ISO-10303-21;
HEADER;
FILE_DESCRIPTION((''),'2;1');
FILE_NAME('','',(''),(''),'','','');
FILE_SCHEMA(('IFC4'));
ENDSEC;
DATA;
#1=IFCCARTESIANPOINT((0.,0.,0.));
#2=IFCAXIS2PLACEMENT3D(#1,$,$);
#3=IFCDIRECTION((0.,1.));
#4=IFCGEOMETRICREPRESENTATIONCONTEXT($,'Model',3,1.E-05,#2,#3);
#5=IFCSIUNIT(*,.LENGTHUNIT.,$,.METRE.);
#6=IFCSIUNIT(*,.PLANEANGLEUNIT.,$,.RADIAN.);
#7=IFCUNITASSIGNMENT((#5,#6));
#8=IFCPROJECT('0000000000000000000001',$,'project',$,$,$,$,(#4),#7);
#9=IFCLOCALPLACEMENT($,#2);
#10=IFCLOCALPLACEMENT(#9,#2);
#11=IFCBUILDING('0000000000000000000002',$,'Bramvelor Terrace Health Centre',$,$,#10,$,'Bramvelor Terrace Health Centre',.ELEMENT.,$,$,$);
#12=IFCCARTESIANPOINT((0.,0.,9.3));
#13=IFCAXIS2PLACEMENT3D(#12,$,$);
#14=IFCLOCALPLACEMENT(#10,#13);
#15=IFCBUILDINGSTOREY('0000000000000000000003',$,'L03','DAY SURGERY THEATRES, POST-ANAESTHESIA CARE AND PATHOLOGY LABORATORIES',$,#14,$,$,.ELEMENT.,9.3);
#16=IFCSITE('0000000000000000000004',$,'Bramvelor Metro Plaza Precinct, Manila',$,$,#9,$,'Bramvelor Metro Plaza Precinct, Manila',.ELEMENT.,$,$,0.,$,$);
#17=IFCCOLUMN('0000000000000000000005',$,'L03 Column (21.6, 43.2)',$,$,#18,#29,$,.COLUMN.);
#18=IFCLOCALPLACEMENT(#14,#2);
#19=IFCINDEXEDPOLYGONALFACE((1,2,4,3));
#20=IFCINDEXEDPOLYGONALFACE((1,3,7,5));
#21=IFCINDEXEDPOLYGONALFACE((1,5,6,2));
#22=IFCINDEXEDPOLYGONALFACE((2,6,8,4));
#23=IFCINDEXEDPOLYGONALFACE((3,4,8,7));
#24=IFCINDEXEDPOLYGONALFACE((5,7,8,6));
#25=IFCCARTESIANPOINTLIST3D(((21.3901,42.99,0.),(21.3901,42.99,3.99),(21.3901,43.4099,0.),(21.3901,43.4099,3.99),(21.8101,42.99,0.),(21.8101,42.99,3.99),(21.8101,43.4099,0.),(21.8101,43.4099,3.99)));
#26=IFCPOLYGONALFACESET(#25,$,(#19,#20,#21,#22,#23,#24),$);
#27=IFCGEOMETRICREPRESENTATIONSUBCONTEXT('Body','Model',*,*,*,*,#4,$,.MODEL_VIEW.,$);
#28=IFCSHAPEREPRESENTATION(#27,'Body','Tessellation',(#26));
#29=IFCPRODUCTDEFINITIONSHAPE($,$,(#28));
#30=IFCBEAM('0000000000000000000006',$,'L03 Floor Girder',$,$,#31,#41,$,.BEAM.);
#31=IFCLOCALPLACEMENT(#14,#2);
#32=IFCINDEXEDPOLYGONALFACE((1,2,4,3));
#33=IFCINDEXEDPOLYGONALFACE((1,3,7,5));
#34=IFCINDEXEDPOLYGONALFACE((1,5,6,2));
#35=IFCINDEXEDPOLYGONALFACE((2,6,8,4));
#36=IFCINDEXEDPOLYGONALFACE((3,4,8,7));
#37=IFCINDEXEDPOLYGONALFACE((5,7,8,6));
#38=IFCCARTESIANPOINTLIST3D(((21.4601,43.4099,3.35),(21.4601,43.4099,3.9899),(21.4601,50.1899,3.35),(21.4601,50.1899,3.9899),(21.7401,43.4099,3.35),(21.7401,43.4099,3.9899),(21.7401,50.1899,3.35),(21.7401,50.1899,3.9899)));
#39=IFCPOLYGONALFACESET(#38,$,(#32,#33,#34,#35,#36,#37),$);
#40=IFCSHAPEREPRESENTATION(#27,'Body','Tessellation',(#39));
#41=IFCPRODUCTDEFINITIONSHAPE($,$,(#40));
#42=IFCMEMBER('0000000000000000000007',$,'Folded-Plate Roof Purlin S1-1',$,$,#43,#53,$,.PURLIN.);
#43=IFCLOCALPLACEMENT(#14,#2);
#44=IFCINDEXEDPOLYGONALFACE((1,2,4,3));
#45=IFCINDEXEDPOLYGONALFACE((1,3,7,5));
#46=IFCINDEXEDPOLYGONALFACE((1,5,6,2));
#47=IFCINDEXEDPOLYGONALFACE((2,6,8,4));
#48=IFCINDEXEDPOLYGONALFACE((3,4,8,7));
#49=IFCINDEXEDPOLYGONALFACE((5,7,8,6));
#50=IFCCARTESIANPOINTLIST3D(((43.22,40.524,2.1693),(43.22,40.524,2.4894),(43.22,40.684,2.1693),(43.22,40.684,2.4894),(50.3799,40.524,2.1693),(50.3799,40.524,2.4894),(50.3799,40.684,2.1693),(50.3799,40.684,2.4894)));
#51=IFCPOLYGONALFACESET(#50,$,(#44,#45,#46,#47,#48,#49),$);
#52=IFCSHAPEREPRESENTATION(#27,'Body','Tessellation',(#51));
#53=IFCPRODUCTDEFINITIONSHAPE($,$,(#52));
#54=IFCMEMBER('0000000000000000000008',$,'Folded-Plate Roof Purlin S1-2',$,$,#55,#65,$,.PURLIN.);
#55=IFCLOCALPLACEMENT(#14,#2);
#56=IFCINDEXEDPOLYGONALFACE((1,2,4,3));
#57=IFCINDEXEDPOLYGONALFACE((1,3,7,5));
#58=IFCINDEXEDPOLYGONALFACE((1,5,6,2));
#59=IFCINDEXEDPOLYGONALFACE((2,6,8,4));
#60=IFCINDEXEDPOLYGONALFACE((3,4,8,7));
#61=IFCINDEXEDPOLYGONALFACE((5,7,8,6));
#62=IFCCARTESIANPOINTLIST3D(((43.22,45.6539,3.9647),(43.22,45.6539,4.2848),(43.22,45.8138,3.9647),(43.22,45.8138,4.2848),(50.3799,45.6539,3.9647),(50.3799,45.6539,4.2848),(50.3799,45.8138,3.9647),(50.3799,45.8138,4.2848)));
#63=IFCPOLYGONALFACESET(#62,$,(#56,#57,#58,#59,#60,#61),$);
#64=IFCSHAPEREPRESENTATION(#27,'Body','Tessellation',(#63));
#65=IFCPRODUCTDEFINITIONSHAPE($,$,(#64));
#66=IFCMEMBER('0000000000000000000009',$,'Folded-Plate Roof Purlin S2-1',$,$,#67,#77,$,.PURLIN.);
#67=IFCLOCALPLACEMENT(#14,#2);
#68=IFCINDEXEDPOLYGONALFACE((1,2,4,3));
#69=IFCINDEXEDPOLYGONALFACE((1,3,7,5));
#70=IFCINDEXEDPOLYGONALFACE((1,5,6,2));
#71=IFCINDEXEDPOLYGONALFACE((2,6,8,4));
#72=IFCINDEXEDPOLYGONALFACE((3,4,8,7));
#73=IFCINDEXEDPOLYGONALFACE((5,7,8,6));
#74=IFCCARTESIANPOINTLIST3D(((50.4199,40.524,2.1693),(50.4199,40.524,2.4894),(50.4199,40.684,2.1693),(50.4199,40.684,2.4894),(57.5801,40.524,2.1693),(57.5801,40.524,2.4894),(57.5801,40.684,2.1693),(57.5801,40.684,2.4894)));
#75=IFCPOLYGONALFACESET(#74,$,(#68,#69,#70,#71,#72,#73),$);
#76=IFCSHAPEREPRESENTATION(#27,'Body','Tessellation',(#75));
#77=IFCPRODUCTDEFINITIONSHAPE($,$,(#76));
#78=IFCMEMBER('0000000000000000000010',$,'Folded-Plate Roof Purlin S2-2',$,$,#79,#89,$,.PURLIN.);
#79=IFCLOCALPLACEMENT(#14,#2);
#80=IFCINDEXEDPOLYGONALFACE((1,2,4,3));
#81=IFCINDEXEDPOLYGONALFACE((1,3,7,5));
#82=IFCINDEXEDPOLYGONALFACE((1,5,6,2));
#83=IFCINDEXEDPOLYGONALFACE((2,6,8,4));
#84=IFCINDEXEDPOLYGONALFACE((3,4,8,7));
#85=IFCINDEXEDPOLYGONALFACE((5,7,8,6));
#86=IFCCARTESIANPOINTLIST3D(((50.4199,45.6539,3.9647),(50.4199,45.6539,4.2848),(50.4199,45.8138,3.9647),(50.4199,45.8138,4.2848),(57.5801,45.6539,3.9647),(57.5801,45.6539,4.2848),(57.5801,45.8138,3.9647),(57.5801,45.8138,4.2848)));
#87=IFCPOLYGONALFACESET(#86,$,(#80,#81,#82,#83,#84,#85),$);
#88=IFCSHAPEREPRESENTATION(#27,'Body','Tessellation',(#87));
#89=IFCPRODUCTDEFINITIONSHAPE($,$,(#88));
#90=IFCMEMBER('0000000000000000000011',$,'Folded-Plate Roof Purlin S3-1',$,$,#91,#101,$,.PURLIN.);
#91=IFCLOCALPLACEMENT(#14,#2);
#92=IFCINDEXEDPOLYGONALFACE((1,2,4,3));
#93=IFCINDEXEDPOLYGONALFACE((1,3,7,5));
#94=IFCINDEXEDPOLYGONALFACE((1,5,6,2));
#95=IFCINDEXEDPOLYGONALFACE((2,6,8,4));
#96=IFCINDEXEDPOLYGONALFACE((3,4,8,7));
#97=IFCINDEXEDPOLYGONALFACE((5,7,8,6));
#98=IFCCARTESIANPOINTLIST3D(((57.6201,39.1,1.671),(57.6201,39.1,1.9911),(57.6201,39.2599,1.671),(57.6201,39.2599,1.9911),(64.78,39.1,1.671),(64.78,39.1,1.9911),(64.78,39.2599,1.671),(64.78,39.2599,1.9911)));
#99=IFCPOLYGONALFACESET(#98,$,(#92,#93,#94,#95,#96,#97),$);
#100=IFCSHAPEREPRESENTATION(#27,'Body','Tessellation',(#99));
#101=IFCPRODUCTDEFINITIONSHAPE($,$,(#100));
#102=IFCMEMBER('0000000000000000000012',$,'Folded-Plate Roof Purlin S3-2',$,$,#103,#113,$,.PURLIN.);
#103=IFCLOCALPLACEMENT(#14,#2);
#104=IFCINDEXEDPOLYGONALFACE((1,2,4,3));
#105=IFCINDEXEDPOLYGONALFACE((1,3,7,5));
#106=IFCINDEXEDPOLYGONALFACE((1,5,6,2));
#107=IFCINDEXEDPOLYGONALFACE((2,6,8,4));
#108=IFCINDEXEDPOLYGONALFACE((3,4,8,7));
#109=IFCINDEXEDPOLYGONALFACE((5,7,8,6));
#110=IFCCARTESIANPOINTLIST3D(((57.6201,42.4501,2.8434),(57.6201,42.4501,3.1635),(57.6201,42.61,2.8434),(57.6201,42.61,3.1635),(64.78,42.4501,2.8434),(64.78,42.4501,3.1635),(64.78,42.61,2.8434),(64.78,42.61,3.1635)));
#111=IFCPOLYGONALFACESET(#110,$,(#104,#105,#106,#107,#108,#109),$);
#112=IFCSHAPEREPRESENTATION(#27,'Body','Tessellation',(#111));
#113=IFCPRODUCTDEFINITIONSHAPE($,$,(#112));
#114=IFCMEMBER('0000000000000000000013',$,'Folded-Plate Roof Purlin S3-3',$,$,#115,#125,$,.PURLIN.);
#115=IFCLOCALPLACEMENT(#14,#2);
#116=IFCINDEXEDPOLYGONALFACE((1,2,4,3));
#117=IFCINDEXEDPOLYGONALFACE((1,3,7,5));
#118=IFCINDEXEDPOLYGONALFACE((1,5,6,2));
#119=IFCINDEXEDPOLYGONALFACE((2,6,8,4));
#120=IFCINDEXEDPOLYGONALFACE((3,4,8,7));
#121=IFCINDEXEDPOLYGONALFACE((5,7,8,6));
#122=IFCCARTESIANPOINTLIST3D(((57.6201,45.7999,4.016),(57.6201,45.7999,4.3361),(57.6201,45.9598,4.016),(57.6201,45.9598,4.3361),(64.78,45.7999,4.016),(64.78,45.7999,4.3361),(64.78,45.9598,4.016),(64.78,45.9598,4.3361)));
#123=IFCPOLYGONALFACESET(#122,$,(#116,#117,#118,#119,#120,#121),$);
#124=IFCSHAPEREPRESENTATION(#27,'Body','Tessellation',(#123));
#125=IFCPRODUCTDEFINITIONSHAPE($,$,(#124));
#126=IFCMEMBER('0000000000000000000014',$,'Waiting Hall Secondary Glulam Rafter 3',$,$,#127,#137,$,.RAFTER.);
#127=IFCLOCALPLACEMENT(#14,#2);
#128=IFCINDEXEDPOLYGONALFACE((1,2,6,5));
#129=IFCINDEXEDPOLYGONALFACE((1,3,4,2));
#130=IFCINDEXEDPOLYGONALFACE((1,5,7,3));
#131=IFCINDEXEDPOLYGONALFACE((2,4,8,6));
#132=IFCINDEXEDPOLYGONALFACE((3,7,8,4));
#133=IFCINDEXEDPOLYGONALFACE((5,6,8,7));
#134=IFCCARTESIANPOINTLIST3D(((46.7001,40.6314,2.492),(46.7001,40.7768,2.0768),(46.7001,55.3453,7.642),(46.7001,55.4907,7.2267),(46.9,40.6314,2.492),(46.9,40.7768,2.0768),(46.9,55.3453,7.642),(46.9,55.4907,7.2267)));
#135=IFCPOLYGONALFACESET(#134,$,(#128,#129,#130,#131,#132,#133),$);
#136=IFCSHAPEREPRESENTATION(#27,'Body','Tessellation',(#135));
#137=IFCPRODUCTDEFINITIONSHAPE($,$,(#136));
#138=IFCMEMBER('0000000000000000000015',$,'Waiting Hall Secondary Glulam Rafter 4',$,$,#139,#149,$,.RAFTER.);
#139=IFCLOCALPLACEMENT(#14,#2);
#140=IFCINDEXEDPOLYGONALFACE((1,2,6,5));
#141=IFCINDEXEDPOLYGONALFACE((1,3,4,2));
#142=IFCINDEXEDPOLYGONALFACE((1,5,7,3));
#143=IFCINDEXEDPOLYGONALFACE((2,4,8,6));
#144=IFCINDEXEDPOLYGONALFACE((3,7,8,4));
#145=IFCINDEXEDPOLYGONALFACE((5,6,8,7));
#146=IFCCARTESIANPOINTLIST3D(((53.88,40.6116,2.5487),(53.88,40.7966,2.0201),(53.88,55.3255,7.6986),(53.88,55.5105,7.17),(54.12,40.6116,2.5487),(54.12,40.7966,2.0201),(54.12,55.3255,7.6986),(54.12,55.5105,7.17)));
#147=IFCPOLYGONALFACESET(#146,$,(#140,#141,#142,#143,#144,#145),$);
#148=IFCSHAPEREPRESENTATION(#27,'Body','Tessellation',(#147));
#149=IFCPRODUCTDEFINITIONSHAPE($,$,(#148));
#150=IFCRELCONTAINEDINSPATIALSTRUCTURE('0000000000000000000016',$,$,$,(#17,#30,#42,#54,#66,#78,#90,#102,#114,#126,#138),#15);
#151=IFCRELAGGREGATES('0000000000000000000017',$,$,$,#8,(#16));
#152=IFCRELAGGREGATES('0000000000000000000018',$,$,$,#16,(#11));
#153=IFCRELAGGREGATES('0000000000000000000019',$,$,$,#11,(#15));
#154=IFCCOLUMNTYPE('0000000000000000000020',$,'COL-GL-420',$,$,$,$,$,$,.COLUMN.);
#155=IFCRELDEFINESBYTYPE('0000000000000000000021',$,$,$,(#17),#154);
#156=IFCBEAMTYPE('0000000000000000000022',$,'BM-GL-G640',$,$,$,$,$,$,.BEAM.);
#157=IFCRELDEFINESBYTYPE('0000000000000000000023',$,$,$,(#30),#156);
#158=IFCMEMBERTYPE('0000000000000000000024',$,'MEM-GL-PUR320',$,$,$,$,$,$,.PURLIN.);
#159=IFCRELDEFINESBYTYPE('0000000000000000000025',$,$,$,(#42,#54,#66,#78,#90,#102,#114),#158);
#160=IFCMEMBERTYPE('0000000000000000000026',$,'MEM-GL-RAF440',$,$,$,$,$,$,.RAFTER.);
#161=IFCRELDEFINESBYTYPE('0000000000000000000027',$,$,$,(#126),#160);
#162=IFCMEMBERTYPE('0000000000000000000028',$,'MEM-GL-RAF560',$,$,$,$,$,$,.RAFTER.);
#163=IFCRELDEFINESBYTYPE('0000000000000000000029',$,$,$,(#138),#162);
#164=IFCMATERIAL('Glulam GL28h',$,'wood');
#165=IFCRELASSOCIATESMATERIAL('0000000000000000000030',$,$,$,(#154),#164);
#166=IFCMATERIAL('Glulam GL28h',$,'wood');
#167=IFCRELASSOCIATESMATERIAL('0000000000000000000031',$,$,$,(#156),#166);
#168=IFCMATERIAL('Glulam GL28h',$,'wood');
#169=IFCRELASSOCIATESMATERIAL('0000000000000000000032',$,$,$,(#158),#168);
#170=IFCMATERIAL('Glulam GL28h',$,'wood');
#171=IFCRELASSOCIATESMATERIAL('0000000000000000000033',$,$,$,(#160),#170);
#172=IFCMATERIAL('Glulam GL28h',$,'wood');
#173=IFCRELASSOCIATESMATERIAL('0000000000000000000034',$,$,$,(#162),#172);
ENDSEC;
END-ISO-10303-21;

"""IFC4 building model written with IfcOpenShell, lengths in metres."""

from ifc_helpers import new_model, si_unit, direction, frame, origin, origin_2d, place, context, subcontext, project, spatial, rectangle, extrude, material, material_profile, profile_set, type_object, element, save


model = new_model("IFC4")

# Units and contexts
model_context = context("Model", 3, precision=1e-05, world=origin(), true_north=direction((0.0, 1.0)))
body_context = subcontext(model_context, "Body", "Model", "MODEL_VIEW")
ifc_project = project(units=[si_unit("LENGTHUNIT", "METRE"), si_unit("PLANEANGLEUNIT", "RADIAN")], contexts=[model_context])

# Site, building, storey
site_placement = place(None, origin())
site = spatial("IfcSite", under=ifc_project, at=site_placement, Name="Bramvelor Metro Plaza Precinct, Manila", LongName="Bramvelor Metro Plaza Precinct, Manila", CompositionType="ELEMENT", RefElevation=0.0)
building_placement = place(site_placement, origin())
building = spatial("IfcBuilding", under=site, at=building_placement, Name="Bramvelor Terrace Health Centre", LongName="Bramvelor Terrace Health Centre", CompositionType="ELEMENT")
storey_placement = place(building_placement, frame((0.0, 0.0, 9.3)))
storey = spatial("IfcBuildingStorey", under=building, at=storey_placement, Name="L03", Description="DAY SURGERY THEATRES, POST-ANAESTHESIA CARE AND PATHOLOGY LABORATORIES", CompositionType="ELEMENT", Elevation=9.3)

# Column
ifc_material_1 = material(Name="Glulam GL28h", Category="wood")
ifc_material_profile_1 = material_profile(ifc_material_1, rectangle(XDim=0.4199, YDim=0.4199, at=origin_2d()), Name="GL 420x420")
ifc_profile_set_1 = profile_set([ifc_material_profile_1], Name="Glulam GL28h")
column_type = type_object("IfcColumnType", Name="COL-GL-420", PredefinedType="COLUMN", material=ifc_profile_set_1)
column_placement = place(storey_placement, frame((21.6001, 43.2, 0.0), z_axis=(0.0, 0.0, 1.0), x_axis=(1.0, 0.0, 0.0)))
element("IfcColumn", 1, at=column_placement, inside=storey, type_object=column_type, Name="L03 Column (21.6, 43.2)", PredefinedType="COLUMN", context=body_context, shape_type="SweptSolid", body=[
    extrude(rectangle(XDim=0.4199, YDim=0.4199, at=origin_2d()), origin(), (0.0, 0.0, 1.0), 3.99),
])

# Beam
ifc_material_2 = material(Name="Glulam GL28h", Category="wood")
ifc_material_profile_2 = material_profile(ifc_material_2, rectangle(XDim=0.28, YDim=0.6399, at=origin_2d()), Name="GL 280x640")
ifc_profile_set_2 = profile_set([ifc_material_profile_2], Name="Glulam GL28h")
beam_type = type_object("IfcBeamType", Name="BM-GL-G640", PredefinedType="BEAM", material=ifc_profile_set_2)
beam_placement = place(storey_placement, frame((21.6001, 43.4099, 3.6699), z_axis=(0.0, 1.0, 0.0), x_axis=(-1.0, 0.0, 0.0)))
element("IfcBeam", 2, at=beam_placement, inside=storey, type_object=beam_type, Name="L03 Floor Girder", PredefinedType="BEAM", context=body_context, shape_type="SweptSolid", body=[
    extrude(rectangle(XDim=0.28, YDim=0.6399, at=origin_2d()), origin(), (0.0, 0.0, 1.0), 6.78),
])

# Members
ifc_material_3 = material(Name="Glulam GL28h", Category="wood")
ifc_material_profile_3 = material_profile(ifc_material_3, rectangle(XDim=0.1599, YDim=0.3201, at=origin_2d()), Name="GL 160x320")
ifc_profile_set_3 = profile_set([ifc_material_profile_3], Name="Glulam GL28h")
member_type_1 = type_object("IfcMemberType", Name="MEM-GL-PUR320", PredefinedType="PURLIN", material=ifc_profile_set_3)
for number, where, z_axis, x_axis, name in (
    (3, (43.22, 40.604, 2.3293), (1.0, 0.0, 0.0), (0.0, 1.0, 0.0), "Folded-Plate Roof Purlin S1-1"),
    (4, (43.22, 45.7339, 4.1248), (1.0, 0.0, 0.0), (0.0, 1.0, 0.0), "Folded-Plate Roof Purlin S1-2"),
):
    element("IfcMember", number, at=place(storey_placement, frame(where, z_axis=z_axis, x_axis=x_axis)), inside=storey, type_object=member_type_1, Name=name, PredefinedType="PURLIN", context=body_context, shape_type="SweptSolid", body=[
        extrude(rectangle(XDim=0.1599, YDim=0.3201, at=origin_2d()), origin(), (0.0, 0.0, 1.0), 7.1599),
    ])
for number, where, z_axis, x_axis, name in (
    (5, (50.4199, 40.604, 2.3293), (1.0, 0.0, 0.0), (0.0, 1.0, 0.0), "Folded-Plate Roof Purlin S2-1"),
    (6, (50.4199, 45.7339, 4.1248), (1.0, 0.0, 0.0), (0.0, 1.0, 0.0), "Folded-Plate Roof Purlin S2-2"),
):
    element("IfcMember", number, at=place(storey_placement, frame(where, z_axis=z_axis, x_axis=x_axis)), inside=storey, type_object=member_type_1, Name=name, PredefinedType="PURLIN", context=body_context, shape_type="SweptSolid", body=[
        extrude(rectangle(XDim=0.1599, YDim=0.3201, at=origin_2d()), origin(), (0.0, 0.0, 1.0), 7.1602),
    ])
for number, where, z_axis, x_axis, name in (
    (7, (57.6201, 39.1799, 1.8311), (1.0, 0.0, 0.0), (0.0, 1.0, 0.0), "Folded-Plate Roof Purlin S3-1"),
    (8, (57.6201, 42.53, 3.0034), (1.0, 0.0, 0.0), (0.0, 1.0, 0.0), "Folded-Plate Roof Purlin S3-2"),
    (9, (57.6201, 45.8799, 4.176), (1.0, 0.0, 0.0), (0.0, 1.0, 0.0), "Folded-Plate Roof Purlin S3-3"),
):
    element("IfcMember", number, at=place(storey_placement, frame(where, z_axis=z_axis, x_axis=x_axis)), inside=storey, type_object=member_type_1, Name=name, PredefinedType="PURLIN", context=body_context, shape_type="SweptSolid", body=[
        extrude(rectangle(XDim=0.1599, YDim=0.3201, at=origin_2d()), origin(), (0.0, 0.0, 1.0), 7.1599),
    ])
ifc_material_4 = material(Name="Glulam GL28h", Category="wood")
ifc_material_profile_4 = material_profile(ifc_material_4, rectangle(XDim=0.2, YDim=0.4399, at=origin_2d()), Name="GL 200x440")
ifc_profile_set_4 = profile_set([ifc_material_profile_4], Name="Glulam GL28h")
member_type_2 = type_object("IfcMemberType", Name="MEM-GL-RAF440", PredefinedType="RAFTER", material=ifc_profile_set_4)
member_1_placement = place(storey_placement, frame((46.8, 40.7041, 2.2844), z_axis=(0.0, 0.943857, 0.330353), x_axis=(-1.0, 0.0, 0.0)))
element("IfcMember", 10, at=member_1_placement, inside=storey, type_object=member_type_2, Name="Waiting Hall Secondary Glulam Rafter 3", PredefinedType="RAFTER", context=body_context, shape_type="SweptSolid", body=[
    extrude(rectangle(XDim=0.2, YDim=0.4399, at=origin_2d()), origin(), (0.0, 0.0, 1.0), 15.5891),
])
ifc_material_5 = material(Name="Glulam GL28h", Category="wood")
ifc_material_profile_5 = material_profile(ifc_material_5, rectangle(XDim=0.24, YDim=0.5601, at=origin_2d()), Name="GL 240x560")
ifc_profile_set_5 = profile_set([ifc_material_profile_5], Name="Glulam GL28h")
member_type_3 = type_object("IfcMemberType", Name="MEM-GL-RAF560", PredefinedType="RAFTER", material=ifc_profile_set_5)
member_2_placement = place(storey_placement, frame((54.0, 40.7041, 2.2844), z_axis=(0.0, 0.943857, 0.330353), x_axis=(-1.0, 0.0, 0.0)))
element("IfcMember", 11, at=member_2_placement, inside=storey, type_object=member_type_3, Name="Waiting Hall Secondary Glulam Rafter 4", PredefinedType="RAFTER", context=body_context, shape_type="SweptSolid", body=[
    extrude(rectangle(XDim=0.24, YDim=0.5601, at=origin_2d()), origin(), (0.0, 0.0, 1.0), 15.5891),
])

save(model, "model.ifc")
